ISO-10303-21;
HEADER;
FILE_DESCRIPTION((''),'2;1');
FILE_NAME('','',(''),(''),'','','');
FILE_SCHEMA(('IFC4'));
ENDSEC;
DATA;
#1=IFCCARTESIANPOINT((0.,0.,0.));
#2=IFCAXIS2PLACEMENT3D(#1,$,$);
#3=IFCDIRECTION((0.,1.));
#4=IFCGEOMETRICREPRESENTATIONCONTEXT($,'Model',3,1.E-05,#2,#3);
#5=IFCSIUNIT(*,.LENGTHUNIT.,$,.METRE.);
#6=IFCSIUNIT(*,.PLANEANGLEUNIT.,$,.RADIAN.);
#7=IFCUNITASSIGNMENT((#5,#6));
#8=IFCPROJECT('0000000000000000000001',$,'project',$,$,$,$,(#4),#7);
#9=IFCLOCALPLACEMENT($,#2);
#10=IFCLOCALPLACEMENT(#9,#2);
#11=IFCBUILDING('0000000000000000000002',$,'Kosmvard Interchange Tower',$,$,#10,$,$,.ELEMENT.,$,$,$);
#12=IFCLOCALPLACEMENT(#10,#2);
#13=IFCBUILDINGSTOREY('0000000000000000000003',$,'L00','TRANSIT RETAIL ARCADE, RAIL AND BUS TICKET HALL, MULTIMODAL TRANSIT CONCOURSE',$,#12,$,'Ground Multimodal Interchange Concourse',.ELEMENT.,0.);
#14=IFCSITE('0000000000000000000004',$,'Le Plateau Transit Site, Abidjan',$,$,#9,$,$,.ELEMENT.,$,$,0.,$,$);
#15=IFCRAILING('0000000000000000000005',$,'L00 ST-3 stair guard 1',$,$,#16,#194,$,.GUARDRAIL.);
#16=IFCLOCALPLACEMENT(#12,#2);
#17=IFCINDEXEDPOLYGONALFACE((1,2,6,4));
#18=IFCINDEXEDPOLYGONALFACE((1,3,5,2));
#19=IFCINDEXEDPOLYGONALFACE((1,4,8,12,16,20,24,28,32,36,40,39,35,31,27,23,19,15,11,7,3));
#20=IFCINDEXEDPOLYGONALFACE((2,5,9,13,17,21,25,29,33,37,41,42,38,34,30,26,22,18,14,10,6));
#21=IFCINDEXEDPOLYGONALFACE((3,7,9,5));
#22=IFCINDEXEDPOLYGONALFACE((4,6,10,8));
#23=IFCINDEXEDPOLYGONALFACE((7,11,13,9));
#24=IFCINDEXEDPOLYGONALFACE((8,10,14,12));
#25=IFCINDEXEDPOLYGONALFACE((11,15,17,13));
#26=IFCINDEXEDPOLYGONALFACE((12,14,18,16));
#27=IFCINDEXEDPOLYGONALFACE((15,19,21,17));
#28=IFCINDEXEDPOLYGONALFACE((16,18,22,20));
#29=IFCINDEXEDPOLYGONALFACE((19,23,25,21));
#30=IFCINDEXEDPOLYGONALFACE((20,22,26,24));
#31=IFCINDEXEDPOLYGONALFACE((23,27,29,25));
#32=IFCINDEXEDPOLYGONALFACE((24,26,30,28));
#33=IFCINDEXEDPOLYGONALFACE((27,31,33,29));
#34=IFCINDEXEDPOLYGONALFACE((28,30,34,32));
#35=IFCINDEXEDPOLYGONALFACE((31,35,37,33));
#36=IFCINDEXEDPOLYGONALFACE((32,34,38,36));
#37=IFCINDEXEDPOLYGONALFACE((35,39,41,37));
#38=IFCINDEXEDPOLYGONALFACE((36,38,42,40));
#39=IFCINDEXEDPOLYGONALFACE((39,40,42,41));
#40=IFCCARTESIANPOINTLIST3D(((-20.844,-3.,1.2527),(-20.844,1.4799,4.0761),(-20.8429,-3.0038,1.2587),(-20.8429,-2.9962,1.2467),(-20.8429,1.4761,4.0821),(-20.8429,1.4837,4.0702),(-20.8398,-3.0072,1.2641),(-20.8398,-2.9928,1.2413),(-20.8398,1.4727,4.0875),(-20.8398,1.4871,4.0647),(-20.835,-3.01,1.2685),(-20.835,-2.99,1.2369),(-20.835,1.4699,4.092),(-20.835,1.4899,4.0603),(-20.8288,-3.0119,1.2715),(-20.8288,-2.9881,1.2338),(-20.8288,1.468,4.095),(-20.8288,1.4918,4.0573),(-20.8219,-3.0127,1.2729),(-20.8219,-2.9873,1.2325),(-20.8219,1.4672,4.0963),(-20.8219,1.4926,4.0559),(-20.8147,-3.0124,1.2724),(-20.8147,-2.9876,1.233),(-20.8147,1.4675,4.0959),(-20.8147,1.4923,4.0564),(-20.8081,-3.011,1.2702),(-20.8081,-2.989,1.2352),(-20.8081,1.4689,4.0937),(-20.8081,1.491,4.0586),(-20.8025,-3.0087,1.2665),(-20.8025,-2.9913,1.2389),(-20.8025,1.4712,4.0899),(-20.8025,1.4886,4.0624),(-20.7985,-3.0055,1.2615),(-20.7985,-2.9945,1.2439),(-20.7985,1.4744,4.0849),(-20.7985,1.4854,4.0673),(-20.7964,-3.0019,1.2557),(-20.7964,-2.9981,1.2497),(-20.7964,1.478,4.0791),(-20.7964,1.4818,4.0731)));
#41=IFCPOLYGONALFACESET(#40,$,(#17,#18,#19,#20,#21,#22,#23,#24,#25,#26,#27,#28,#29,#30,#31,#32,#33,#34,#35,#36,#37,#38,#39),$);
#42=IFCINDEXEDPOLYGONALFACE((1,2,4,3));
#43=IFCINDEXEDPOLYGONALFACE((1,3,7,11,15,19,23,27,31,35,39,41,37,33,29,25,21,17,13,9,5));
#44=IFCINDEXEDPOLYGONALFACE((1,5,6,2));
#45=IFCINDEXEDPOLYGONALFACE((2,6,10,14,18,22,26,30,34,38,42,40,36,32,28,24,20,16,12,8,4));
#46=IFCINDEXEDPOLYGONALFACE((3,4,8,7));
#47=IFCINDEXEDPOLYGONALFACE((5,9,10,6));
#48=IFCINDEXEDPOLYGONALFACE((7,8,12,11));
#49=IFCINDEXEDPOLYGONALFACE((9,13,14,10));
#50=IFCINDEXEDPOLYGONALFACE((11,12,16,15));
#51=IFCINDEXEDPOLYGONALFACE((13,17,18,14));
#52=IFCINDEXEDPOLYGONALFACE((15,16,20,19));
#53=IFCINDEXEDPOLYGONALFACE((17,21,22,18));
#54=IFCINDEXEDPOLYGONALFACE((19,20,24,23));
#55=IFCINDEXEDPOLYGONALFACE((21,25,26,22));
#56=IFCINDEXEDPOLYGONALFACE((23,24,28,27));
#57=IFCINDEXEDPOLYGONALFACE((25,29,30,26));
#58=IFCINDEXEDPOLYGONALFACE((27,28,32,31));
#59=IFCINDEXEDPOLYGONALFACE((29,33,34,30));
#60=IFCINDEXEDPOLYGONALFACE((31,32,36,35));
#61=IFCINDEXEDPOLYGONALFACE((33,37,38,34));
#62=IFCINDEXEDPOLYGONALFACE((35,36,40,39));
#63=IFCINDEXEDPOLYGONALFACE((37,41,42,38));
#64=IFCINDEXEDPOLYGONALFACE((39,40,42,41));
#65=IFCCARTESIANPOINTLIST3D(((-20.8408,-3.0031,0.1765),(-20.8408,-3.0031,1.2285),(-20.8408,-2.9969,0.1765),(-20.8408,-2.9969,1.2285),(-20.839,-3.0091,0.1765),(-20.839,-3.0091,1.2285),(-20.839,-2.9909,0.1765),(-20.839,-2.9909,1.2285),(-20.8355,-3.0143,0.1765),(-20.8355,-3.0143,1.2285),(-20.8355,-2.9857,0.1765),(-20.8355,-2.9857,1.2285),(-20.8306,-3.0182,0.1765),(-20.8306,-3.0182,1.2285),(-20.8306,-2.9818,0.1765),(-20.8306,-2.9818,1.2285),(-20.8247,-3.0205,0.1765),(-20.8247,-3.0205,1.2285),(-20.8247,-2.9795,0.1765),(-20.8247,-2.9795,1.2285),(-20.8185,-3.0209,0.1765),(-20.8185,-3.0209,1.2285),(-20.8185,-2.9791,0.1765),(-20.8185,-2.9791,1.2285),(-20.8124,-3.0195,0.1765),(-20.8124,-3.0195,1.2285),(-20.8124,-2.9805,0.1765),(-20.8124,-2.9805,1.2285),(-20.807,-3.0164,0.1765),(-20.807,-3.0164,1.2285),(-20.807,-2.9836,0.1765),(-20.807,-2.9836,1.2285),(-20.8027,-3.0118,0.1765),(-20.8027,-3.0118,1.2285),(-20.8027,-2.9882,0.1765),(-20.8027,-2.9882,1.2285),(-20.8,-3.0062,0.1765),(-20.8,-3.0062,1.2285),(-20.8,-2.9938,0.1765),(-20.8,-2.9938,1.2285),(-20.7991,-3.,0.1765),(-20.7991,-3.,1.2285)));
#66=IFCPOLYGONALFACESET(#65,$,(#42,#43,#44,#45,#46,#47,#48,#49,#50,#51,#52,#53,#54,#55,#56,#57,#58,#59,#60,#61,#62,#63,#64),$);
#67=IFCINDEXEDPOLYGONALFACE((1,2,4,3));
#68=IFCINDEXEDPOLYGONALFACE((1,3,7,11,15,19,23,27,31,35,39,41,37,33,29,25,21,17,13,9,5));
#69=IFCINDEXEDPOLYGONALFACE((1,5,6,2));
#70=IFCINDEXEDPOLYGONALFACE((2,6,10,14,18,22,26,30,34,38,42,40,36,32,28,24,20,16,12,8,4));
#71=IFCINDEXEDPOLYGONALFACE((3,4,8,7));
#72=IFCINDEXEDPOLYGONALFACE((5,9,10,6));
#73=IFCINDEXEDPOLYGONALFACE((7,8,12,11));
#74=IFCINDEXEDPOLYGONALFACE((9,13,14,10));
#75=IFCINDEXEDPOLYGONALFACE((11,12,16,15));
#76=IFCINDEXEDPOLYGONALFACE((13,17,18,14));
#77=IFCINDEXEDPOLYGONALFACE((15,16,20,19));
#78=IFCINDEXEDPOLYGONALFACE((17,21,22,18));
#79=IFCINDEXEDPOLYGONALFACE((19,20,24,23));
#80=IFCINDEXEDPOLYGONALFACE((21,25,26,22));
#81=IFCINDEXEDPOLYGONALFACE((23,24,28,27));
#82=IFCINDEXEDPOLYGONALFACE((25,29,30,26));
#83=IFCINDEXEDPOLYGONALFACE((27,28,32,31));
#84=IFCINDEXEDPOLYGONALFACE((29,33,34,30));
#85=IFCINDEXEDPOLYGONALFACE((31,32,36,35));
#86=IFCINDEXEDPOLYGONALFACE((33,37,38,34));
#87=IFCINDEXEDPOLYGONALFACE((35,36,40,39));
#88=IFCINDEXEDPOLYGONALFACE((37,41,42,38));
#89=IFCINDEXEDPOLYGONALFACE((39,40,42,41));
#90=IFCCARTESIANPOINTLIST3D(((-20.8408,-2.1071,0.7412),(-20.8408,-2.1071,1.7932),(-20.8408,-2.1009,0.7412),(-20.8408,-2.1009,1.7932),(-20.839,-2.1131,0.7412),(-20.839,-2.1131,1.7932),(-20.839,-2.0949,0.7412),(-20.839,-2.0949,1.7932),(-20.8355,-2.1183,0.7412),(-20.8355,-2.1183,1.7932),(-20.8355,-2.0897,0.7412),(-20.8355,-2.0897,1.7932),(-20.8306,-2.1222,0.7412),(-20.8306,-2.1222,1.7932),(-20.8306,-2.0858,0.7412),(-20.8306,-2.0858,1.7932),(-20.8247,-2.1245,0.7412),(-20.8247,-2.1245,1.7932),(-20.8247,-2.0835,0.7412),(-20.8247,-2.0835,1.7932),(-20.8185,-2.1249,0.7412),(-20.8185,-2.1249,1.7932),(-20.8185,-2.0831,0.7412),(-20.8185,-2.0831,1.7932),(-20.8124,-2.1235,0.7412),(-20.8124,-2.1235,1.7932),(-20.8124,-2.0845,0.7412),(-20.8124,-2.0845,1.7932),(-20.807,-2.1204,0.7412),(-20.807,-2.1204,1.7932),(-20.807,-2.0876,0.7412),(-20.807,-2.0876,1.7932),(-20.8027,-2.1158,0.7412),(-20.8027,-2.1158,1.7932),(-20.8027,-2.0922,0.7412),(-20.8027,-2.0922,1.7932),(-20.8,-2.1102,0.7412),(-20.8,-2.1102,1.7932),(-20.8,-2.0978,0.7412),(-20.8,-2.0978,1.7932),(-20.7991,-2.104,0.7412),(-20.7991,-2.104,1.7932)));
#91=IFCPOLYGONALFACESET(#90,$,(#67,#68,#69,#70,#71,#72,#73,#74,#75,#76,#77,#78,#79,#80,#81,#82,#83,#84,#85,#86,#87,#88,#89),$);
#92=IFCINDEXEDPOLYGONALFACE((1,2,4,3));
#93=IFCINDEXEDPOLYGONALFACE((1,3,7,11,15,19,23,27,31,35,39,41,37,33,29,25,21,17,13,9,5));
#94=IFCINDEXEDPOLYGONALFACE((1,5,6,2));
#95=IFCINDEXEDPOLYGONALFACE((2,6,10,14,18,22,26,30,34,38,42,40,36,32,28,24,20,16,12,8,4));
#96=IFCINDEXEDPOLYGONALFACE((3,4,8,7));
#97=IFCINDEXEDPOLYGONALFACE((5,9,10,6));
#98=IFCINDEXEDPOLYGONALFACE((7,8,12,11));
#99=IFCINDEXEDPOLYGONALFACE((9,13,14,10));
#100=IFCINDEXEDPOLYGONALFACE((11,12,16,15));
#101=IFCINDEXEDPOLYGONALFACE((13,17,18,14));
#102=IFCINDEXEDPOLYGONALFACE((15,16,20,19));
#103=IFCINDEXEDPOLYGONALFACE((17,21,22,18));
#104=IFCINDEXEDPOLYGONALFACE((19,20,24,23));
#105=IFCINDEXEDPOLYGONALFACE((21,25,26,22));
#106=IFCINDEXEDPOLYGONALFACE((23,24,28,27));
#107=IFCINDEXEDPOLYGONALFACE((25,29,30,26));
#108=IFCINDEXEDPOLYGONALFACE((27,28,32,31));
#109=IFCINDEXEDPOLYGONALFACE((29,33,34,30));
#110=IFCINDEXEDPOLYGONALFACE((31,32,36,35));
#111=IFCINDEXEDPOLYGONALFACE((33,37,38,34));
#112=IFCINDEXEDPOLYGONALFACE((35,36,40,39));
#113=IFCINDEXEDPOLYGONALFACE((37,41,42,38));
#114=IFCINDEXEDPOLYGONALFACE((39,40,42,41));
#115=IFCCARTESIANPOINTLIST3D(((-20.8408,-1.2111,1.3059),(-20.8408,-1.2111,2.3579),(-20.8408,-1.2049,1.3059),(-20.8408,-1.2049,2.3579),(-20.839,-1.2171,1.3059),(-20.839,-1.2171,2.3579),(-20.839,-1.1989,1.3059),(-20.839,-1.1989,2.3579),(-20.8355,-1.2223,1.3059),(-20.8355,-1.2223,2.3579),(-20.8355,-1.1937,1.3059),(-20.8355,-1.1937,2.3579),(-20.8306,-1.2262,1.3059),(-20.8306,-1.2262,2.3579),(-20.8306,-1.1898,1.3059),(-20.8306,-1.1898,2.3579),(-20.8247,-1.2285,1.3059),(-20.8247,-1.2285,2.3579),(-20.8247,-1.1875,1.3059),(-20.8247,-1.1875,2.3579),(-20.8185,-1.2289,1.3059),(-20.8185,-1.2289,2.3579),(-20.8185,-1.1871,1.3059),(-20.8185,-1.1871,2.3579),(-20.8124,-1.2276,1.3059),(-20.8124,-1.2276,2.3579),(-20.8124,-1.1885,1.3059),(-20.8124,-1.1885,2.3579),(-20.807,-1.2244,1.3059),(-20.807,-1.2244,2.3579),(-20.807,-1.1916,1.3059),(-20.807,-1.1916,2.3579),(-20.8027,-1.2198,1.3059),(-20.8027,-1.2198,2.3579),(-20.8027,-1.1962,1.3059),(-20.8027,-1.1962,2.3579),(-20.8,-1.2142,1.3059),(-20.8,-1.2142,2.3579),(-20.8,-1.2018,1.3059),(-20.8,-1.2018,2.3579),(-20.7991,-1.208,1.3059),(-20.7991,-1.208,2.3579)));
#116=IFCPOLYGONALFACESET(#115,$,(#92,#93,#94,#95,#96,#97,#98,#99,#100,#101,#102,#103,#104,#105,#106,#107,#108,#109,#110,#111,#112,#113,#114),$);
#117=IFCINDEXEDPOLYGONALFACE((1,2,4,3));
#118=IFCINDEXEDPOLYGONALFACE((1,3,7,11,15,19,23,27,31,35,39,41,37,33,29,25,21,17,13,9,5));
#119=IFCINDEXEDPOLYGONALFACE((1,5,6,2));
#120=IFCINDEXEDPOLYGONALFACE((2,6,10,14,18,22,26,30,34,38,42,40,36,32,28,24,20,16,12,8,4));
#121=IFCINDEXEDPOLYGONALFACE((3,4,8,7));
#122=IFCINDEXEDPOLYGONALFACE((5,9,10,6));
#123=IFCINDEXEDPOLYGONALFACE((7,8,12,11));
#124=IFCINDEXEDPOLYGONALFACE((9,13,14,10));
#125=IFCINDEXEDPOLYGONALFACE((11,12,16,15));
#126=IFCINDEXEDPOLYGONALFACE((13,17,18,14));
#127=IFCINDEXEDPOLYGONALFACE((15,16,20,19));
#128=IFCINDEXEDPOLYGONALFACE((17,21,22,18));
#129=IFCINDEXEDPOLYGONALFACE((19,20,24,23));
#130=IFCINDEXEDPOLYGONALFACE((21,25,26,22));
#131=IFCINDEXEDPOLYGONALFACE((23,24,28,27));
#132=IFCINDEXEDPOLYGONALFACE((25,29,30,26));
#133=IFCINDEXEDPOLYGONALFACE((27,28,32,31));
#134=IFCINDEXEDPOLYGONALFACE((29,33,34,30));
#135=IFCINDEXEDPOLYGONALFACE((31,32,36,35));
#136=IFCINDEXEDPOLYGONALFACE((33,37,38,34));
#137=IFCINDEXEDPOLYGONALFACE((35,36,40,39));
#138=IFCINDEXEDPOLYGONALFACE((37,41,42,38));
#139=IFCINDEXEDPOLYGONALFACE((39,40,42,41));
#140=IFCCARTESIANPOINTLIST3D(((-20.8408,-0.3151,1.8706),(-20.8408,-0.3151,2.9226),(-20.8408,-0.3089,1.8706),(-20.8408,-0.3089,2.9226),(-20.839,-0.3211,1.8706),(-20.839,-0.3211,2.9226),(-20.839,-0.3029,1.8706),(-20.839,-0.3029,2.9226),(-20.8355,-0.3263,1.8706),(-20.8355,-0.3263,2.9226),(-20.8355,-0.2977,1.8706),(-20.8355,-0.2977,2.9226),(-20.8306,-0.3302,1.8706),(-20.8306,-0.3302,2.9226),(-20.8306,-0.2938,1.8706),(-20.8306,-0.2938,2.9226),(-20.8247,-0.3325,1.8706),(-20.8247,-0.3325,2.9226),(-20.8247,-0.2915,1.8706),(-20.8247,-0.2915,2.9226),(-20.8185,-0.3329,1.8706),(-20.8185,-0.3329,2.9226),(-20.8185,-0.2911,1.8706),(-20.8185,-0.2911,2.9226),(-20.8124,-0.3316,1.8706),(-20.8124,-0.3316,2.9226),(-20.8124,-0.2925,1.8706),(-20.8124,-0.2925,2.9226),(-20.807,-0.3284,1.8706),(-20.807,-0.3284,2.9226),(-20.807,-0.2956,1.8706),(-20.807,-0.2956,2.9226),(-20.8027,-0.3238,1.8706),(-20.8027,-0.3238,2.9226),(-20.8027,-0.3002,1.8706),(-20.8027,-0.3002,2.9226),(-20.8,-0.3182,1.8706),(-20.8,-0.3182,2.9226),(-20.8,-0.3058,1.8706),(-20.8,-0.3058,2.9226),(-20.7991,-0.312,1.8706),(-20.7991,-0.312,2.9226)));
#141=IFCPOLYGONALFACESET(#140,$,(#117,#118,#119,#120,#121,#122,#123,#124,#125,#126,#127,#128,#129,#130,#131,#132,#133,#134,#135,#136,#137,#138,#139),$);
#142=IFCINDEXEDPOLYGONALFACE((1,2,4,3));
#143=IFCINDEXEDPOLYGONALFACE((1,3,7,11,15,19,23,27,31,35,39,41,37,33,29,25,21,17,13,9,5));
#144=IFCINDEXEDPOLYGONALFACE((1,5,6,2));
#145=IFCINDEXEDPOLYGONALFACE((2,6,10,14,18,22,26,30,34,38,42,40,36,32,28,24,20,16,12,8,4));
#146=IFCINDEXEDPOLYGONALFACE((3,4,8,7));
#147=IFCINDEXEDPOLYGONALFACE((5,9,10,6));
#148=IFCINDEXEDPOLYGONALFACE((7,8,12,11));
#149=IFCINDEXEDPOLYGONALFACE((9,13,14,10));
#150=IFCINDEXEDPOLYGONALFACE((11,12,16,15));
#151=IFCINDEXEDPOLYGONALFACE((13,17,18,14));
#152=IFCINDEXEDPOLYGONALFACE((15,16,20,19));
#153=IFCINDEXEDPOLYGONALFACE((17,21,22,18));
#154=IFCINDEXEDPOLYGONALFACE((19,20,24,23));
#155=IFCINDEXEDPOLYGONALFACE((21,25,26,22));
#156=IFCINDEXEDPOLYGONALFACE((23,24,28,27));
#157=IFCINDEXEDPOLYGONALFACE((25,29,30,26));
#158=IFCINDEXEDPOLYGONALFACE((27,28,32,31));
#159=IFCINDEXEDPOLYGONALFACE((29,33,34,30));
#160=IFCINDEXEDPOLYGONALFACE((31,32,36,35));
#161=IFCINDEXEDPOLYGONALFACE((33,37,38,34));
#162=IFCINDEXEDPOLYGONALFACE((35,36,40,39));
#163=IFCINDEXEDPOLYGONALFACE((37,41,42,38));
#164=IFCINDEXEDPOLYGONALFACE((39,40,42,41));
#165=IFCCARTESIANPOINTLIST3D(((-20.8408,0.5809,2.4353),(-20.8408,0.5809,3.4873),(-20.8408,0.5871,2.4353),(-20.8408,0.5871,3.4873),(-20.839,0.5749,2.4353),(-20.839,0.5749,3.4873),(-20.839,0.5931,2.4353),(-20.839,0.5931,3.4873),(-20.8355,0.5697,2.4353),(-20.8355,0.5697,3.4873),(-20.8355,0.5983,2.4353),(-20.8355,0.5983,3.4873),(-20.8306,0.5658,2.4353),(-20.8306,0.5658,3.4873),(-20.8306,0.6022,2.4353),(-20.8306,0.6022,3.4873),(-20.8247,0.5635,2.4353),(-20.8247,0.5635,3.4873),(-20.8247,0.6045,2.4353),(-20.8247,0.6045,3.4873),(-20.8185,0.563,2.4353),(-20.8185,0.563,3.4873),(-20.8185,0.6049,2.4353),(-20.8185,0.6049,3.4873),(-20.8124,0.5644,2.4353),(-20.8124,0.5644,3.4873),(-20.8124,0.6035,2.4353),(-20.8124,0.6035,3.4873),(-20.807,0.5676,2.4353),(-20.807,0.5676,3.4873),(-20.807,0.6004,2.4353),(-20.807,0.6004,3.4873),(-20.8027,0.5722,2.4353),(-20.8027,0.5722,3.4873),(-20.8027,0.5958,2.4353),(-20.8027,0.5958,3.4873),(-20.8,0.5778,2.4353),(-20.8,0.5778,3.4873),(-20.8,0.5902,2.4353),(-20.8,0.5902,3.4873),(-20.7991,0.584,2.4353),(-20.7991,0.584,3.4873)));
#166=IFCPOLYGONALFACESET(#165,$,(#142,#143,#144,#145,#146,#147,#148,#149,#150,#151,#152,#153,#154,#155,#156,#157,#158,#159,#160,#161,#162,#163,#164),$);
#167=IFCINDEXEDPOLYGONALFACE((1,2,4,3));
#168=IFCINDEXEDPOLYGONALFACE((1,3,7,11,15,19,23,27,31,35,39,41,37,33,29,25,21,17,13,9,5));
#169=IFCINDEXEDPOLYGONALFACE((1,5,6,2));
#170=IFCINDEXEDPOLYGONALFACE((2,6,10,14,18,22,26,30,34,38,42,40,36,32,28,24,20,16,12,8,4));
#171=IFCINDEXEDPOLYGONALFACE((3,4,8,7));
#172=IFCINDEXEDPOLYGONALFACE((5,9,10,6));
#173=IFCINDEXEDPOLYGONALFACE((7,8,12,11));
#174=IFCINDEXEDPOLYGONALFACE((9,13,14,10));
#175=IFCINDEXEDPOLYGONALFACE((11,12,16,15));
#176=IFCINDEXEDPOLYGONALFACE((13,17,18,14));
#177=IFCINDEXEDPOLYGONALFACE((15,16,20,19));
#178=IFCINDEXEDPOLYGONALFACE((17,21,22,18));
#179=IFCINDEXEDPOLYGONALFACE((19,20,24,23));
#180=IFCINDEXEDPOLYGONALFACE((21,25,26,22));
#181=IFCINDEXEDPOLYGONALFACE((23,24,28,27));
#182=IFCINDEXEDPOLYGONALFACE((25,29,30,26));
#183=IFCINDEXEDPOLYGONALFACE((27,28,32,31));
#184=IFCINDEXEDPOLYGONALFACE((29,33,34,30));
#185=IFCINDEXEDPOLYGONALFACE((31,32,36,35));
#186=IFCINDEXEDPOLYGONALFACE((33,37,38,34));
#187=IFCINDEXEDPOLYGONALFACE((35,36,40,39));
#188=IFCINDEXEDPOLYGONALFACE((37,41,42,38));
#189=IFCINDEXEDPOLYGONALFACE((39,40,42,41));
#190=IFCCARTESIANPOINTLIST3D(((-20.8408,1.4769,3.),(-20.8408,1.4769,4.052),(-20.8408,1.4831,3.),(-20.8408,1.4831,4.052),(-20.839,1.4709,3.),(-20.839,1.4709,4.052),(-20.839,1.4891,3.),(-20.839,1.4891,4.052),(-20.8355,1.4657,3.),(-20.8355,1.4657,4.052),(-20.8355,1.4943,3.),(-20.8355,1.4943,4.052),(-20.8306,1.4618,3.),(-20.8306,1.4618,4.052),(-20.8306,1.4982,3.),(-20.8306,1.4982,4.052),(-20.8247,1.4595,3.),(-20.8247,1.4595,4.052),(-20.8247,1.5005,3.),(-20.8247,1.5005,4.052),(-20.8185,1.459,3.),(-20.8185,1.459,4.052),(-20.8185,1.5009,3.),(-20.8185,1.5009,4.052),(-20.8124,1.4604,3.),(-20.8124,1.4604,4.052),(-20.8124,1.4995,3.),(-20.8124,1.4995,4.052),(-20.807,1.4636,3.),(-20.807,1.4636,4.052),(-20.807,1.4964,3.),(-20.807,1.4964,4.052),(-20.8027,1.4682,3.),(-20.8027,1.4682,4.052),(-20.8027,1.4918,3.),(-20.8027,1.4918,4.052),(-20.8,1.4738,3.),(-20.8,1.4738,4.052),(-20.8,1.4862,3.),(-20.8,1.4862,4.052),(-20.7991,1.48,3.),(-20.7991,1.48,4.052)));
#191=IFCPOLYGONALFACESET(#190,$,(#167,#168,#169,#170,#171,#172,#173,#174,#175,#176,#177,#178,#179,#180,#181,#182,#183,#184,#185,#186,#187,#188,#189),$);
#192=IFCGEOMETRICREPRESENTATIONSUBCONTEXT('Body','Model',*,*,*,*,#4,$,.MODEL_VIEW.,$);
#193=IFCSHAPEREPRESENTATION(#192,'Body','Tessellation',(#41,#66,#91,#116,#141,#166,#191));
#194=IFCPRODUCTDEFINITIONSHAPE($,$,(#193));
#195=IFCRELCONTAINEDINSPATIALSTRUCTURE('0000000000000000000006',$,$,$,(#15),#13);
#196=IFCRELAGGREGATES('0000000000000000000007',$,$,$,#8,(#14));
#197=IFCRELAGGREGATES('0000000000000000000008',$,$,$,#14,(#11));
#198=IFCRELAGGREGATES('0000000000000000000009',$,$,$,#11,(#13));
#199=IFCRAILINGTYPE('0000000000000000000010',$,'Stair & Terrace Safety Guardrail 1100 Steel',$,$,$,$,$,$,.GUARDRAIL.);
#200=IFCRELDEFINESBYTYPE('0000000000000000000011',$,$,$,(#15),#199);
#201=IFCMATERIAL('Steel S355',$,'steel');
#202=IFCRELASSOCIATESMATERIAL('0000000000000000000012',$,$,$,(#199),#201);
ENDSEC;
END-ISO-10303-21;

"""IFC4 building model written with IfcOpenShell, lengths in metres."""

from ifc_helpers import new_model, si_unit, direction, frame, origin, origin_2d, place, context, subcontext, project, spatial, circle, extrude, source, transform, mapped, material, type_object, element, save


model = new_model("IFC4")

# Units and contexts
model_context = context("Model", 3, precision=1e-05, world=origin(), true_north=direction((0.0, 1.0)))
body_context = subcontext(model_context, "Body", "Model", "MODEL_VIEW")
ifc_project = project(units=[si_unit("LENGTHUNIT", "METRE"), si_unit("PLANEANGLEUNIT", "RADIAN")], contexts=[model_context])

# Site, building, storey
site_placement = place(None, origin())
site = spatial("IfcSite", under=ifc_project, at=site_placement, Name="Le Plateau Transit Site, Abidjan", CompositionType="ELEMENT", RefElevation=0.0)
building_placement = place(site_placement, origin())
building = spatial("IfcBuilding", under=site, at=building_placement, Name="Kosmvard Interchange Tower", CompositionType="ELEMENT")
storey_placement = place(building_placement, origin())
storey = spatial("IfcBuildingStorey", under=building, at=storey_placement, Name="L00", Description="TRANSIT RETAIL ARCADE, RAIL AND BUS TICKET HALL, MULTIMODAL TRANSIT CONCOURSE", LongName="Ground Multimodal Interchange Concourse", CompositionType="ELEMENT", Elevation=0.0)

# Shared definitions
ifc_material_1 = material(Name="Steel S355", Category="steel")

# Railing
railing_type_1 = type_object("IfcRailingType", Name="Stair & Terrace Safety Guardrail 1100 Steel", PredefinedType="GUARDRAIL", material=ifc_material_1)
shared_shape_1 = source(origin(), body_context, "Body", "SweptSolid", [
    extrude(circle(Radius=0.0239, at=origin_2d()), frame((0.0, 0.0, 1.0762), z_axis=(0.0, 0.845998, 0.533186), x_axis=(-1.0, 0.0, 0.0)), (0.0, 0.0, 1.0), 5.2954),
    extrude(circle(Radius=0.021, at=origin_2d()), origin(), (0.0, 0.0, 1.0), 1.052),
    extrude(circle(Radius=0.021, at=origin_2d()), frame((0.0, 0.896, 0.5647)), (0.0, 0.0, 1.0), 1.052),
    extrude(circle(Radius=0.021, at=origin_2d()), frame((0.0, 1.792, 1.1294)), (0.0, 0.0, 1.0), 1.052),
    extrude(circle(Radius=0.021, at=origin_2d()), frame((0.0, 2.688, 1.6941)), (0.0, 0.0, 1.0), 1.052),
    extrude(circle(Radius=0.021, at=origin_2d()), frame((0.0, 3.584, 2.2588)), (0.0, 0.0, 1.0), 1.052),
    extrude(circle(Radius=0.021, at=origin_2d()), frame((0.0, 4.48, 2.8235)), (0.0, 0.0, 1.0), 1.052),
])
railing_1_placement = place(storey_placement, frame((-20.8201, -3.0, 0.1765)))
element("IfcRailing", 1, at=railing_1_placement, inside=storey, type_object=railing_type_1, Name="L00 ST-3 stair guard 1", PredefinedType="GUARDRAIL", context=body_context, shape_type="MappedRepresentation", body=[
    mapped(shared_shape_1, transform((0.0, 0.0, 0.0), scale=1.0)),
])

save(model, "model.ifc")
